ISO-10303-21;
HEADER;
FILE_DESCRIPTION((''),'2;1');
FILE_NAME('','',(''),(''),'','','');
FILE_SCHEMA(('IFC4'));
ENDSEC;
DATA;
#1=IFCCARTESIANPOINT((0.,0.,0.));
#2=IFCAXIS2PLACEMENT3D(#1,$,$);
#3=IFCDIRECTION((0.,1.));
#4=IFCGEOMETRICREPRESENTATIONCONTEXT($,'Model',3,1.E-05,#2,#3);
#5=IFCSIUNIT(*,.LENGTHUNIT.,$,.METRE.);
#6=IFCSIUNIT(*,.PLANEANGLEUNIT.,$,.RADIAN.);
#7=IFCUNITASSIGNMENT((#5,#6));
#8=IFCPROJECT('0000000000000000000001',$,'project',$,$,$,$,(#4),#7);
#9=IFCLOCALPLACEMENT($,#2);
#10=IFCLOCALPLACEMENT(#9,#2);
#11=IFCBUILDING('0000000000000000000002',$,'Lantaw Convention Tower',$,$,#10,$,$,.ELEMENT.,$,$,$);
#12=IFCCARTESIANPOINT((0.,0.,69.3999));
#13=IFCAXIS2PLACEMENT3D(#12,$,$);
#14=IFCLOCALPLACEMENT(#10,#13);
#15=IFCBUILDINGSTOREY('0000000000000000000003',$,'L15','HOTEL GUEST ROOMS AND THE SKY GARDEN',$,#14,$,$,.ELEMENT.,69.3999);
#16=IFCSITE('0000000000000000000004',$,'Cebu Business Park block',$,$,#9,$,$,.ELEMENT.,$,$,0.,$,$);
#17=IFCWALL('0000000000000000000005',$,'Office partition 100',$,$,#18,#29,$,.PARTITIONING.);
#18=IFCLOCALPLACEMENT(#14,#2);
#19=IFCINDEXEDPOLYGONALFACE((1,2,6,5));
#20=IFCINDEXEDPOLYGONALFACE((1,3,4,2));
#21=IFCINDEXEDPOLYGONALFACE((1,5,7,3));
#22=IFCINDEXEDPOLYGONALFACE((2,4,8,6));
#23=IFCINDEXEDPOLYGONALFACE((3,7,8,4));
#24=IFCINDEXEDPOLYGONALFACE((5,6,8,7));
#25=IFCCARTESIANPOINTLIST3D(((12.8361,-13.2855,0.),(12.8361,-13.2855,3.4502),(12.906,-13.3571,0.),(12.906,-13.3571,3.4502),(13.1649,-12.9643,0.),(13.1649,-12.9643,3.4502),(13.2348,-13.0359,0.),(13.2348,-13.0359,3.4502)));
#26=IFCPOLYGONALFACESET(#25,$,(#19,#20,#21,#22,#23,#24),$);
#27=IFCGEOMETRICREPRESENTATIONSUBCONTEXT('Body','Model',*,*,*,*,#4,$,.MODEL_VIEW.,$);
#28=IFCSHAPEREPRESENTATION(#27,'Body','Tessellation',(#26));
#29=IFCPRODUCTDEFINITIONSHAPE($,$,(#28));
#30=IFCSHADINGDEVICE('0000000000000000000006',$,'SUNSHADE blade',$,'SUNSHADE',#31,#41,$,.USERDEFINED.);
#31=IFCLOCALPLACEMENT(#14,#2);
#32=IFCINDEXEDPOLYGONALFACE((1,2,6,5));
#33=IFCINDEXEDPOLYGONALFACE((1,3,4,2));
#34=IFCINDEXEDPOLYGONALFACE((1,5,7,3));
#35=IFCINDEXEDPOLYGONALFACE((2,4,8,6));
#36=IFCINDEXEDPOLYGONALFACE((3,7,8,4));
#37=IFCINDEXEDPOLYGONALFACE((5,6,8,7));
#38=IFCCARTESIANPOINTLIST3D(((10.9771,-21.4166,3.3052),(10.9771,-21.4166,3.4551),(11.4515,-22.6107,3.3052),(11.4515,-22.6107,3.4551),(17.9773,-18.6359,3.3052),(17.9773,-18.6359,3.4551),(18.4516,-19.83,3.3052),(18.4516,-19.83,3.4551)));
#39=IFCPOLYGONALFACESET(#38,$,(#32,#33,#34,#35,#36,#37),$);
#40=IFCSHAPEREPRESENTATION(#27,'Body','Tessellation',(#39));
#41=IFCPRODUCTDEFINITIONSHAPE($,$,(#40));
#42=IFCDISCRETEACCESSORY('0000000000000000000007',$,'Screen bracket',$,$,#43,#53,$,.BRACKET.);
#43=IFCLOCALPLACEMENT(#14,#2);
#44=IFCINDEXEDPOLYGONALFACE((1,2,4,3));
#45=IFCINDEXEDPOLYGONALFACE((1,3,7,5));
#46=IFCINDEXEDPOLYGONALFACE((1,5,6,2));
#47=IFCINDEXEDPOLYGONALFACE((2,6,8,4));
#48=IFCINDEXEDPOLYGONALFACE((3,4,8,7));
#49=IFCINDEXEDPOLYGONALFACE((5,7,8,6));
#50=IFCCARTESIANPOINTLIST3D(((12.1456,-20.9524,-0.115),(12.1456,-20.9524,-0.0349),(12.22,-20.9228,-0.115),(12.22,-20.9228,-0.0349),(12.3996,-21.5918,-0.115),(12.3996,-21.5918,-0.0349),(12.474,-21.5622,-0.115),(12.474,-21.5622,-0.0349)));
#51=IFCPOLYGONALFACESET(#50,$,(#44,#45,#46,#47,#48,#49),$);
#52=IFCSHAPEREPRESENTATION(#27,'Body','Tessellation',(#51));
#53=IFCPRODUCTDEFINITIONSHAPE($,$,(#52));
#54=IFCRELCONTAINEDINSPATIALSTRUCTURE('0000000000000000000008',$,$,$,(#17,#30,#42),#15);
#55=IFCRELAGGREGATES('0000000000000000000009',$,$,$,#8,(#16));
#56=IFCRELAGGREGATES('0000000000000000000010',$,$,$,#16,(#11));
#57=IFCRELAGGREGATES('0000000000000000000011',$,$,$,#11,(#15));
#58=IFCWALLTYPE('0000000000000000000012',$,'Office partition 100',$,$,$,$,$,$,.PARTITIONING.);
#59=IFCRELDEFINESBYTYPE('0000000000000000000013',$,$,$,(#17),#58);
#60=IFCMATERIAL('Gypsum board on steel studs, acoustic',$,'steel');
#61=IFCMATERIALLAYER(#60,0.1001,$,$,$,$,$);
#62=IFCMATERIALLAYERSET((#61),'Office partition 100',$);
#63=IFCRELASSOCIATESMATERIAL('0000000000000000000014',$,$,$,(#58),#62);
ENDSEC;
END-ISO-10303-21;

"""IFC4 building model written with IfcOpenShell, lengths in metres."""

from ifc_helpers import new_model, si_unit, direction, frame, frame_2d, origin, origin_2d, place, context, subcontext, project, spatial, rectangle, extrude, material, layer, layer_set, type_object, element, save


model = new_model("IFC4")

# Units and contexts
model_context = context("Model", 3, precision=1e-05, world=origin(), true_north=direction((0.0, 1.0)))
body_context = subcontext(model_context, "Body", "Model", "MODEL_VIEW")
ifc_project = project(units=[si_unit("LENGTHUNIT", "METRE"), si_unit("PLANEANGLEUNIT", "RADIAN")], contexts=[model_context])

# Site, building, storey
site_placement = place(None, origin())
site = spatial("IfcSite", under=ifc_project, at=site_placement, Name="Cebu Business Park block", CompositionType="ELEMENT", RefElevation=0.0)
building_placement = place(site_placement, origin())
building = spatial("IfcBuilding", under=site, at=building_placement, Name="Lantaw Convention Tower", CompositionType="ELEMENT")
storey_placement = place(building_placement, frame((0.0, 0.0, 69.3999)))
storey = spatial("IfcBuildingStorey", under=building, at=storey_placement, Name="L15", Description="HOTEL GUEST ROOMS AND THE SKY GARDEN", CompositionType="ELEMENT", Elevation=69.3999)

# Wall
ifc_material_1 = material(Name="Gypsum board on steel studs, acoustic", Category="steel")
ifc_layer_1 = layer(ifc_material_1, 0.1001)
ifc_layer_set_1 = layer_set([ifc_layer_1], Name="Office partition 100")
wall_type_1 = type_object("IfcWallType", Name="Office partition 100", PredefinedType="PARTITIONING", material=ifc_layer_set_1)
wall_1_placement = place(storey_placement, frame((13.2, -13.0, 0.0), z_axis=(0.0, 0.0, 1.0), x_axis=(-0.71529, -0.698828, 0.0)))
element("IfcWall", 1, at=wall_1_placement, inside=storey, type_object=wall_type_1, Name="Office partition 100", PredefinedType="PARTITIONING", context=body_context, shape_type="SweptSolid", body=[
    extrude(rectangle(XDim=0.4597, YDim=0.1001, at=frame_2d((0.23, 0.0))), origin(), (0.0, 0.0, 1.0), 3.4502),
])

# Shading device
shading_device_placement = place(storey_placement, frame((14.7144, -20.6233, 3.3052), z_axis=(0.0, 0.0, 1.0), x_axis=(0.929361, 0.369172, 0.0)))
element("IfcShadingDevice", 2, at=shading_device_placement, inside=storey, Name="SUNSHADE blade", ObjectType="SUNSHADE", PredefinedType="USERDEFINED", context=body_context, shape_type="SweptSolid", body=[
    extrude(rectangle(XDim=7.5322, YDim=1.2849, at=origin_2d()), origin(), (0.0, 0.0, 1.0), 0.1499),
])

# Discrete accessory
discrete_accessory_placement = place(storey_placement, frame((12.3098, -21.2573, -0.115), z_axis=(0.0, 0.0, 1.0), x_axis=(0.929361, 0.369172, 0.0)))
element("IfcDiscreteAccessory", 3, at=discrete_accessory_placement, inside=storey, Name="Screen bracket", PredefinedType="BRACKET", context=body_context, shape_type="SweptSolid", body=[
    extrude(rectangle(XDim=0.0801, YDim=0.688, at=origin_2d()), origin(), (0.0, 0.0, 1.0), 0.0801),
])

save(model, "model.ifc")
